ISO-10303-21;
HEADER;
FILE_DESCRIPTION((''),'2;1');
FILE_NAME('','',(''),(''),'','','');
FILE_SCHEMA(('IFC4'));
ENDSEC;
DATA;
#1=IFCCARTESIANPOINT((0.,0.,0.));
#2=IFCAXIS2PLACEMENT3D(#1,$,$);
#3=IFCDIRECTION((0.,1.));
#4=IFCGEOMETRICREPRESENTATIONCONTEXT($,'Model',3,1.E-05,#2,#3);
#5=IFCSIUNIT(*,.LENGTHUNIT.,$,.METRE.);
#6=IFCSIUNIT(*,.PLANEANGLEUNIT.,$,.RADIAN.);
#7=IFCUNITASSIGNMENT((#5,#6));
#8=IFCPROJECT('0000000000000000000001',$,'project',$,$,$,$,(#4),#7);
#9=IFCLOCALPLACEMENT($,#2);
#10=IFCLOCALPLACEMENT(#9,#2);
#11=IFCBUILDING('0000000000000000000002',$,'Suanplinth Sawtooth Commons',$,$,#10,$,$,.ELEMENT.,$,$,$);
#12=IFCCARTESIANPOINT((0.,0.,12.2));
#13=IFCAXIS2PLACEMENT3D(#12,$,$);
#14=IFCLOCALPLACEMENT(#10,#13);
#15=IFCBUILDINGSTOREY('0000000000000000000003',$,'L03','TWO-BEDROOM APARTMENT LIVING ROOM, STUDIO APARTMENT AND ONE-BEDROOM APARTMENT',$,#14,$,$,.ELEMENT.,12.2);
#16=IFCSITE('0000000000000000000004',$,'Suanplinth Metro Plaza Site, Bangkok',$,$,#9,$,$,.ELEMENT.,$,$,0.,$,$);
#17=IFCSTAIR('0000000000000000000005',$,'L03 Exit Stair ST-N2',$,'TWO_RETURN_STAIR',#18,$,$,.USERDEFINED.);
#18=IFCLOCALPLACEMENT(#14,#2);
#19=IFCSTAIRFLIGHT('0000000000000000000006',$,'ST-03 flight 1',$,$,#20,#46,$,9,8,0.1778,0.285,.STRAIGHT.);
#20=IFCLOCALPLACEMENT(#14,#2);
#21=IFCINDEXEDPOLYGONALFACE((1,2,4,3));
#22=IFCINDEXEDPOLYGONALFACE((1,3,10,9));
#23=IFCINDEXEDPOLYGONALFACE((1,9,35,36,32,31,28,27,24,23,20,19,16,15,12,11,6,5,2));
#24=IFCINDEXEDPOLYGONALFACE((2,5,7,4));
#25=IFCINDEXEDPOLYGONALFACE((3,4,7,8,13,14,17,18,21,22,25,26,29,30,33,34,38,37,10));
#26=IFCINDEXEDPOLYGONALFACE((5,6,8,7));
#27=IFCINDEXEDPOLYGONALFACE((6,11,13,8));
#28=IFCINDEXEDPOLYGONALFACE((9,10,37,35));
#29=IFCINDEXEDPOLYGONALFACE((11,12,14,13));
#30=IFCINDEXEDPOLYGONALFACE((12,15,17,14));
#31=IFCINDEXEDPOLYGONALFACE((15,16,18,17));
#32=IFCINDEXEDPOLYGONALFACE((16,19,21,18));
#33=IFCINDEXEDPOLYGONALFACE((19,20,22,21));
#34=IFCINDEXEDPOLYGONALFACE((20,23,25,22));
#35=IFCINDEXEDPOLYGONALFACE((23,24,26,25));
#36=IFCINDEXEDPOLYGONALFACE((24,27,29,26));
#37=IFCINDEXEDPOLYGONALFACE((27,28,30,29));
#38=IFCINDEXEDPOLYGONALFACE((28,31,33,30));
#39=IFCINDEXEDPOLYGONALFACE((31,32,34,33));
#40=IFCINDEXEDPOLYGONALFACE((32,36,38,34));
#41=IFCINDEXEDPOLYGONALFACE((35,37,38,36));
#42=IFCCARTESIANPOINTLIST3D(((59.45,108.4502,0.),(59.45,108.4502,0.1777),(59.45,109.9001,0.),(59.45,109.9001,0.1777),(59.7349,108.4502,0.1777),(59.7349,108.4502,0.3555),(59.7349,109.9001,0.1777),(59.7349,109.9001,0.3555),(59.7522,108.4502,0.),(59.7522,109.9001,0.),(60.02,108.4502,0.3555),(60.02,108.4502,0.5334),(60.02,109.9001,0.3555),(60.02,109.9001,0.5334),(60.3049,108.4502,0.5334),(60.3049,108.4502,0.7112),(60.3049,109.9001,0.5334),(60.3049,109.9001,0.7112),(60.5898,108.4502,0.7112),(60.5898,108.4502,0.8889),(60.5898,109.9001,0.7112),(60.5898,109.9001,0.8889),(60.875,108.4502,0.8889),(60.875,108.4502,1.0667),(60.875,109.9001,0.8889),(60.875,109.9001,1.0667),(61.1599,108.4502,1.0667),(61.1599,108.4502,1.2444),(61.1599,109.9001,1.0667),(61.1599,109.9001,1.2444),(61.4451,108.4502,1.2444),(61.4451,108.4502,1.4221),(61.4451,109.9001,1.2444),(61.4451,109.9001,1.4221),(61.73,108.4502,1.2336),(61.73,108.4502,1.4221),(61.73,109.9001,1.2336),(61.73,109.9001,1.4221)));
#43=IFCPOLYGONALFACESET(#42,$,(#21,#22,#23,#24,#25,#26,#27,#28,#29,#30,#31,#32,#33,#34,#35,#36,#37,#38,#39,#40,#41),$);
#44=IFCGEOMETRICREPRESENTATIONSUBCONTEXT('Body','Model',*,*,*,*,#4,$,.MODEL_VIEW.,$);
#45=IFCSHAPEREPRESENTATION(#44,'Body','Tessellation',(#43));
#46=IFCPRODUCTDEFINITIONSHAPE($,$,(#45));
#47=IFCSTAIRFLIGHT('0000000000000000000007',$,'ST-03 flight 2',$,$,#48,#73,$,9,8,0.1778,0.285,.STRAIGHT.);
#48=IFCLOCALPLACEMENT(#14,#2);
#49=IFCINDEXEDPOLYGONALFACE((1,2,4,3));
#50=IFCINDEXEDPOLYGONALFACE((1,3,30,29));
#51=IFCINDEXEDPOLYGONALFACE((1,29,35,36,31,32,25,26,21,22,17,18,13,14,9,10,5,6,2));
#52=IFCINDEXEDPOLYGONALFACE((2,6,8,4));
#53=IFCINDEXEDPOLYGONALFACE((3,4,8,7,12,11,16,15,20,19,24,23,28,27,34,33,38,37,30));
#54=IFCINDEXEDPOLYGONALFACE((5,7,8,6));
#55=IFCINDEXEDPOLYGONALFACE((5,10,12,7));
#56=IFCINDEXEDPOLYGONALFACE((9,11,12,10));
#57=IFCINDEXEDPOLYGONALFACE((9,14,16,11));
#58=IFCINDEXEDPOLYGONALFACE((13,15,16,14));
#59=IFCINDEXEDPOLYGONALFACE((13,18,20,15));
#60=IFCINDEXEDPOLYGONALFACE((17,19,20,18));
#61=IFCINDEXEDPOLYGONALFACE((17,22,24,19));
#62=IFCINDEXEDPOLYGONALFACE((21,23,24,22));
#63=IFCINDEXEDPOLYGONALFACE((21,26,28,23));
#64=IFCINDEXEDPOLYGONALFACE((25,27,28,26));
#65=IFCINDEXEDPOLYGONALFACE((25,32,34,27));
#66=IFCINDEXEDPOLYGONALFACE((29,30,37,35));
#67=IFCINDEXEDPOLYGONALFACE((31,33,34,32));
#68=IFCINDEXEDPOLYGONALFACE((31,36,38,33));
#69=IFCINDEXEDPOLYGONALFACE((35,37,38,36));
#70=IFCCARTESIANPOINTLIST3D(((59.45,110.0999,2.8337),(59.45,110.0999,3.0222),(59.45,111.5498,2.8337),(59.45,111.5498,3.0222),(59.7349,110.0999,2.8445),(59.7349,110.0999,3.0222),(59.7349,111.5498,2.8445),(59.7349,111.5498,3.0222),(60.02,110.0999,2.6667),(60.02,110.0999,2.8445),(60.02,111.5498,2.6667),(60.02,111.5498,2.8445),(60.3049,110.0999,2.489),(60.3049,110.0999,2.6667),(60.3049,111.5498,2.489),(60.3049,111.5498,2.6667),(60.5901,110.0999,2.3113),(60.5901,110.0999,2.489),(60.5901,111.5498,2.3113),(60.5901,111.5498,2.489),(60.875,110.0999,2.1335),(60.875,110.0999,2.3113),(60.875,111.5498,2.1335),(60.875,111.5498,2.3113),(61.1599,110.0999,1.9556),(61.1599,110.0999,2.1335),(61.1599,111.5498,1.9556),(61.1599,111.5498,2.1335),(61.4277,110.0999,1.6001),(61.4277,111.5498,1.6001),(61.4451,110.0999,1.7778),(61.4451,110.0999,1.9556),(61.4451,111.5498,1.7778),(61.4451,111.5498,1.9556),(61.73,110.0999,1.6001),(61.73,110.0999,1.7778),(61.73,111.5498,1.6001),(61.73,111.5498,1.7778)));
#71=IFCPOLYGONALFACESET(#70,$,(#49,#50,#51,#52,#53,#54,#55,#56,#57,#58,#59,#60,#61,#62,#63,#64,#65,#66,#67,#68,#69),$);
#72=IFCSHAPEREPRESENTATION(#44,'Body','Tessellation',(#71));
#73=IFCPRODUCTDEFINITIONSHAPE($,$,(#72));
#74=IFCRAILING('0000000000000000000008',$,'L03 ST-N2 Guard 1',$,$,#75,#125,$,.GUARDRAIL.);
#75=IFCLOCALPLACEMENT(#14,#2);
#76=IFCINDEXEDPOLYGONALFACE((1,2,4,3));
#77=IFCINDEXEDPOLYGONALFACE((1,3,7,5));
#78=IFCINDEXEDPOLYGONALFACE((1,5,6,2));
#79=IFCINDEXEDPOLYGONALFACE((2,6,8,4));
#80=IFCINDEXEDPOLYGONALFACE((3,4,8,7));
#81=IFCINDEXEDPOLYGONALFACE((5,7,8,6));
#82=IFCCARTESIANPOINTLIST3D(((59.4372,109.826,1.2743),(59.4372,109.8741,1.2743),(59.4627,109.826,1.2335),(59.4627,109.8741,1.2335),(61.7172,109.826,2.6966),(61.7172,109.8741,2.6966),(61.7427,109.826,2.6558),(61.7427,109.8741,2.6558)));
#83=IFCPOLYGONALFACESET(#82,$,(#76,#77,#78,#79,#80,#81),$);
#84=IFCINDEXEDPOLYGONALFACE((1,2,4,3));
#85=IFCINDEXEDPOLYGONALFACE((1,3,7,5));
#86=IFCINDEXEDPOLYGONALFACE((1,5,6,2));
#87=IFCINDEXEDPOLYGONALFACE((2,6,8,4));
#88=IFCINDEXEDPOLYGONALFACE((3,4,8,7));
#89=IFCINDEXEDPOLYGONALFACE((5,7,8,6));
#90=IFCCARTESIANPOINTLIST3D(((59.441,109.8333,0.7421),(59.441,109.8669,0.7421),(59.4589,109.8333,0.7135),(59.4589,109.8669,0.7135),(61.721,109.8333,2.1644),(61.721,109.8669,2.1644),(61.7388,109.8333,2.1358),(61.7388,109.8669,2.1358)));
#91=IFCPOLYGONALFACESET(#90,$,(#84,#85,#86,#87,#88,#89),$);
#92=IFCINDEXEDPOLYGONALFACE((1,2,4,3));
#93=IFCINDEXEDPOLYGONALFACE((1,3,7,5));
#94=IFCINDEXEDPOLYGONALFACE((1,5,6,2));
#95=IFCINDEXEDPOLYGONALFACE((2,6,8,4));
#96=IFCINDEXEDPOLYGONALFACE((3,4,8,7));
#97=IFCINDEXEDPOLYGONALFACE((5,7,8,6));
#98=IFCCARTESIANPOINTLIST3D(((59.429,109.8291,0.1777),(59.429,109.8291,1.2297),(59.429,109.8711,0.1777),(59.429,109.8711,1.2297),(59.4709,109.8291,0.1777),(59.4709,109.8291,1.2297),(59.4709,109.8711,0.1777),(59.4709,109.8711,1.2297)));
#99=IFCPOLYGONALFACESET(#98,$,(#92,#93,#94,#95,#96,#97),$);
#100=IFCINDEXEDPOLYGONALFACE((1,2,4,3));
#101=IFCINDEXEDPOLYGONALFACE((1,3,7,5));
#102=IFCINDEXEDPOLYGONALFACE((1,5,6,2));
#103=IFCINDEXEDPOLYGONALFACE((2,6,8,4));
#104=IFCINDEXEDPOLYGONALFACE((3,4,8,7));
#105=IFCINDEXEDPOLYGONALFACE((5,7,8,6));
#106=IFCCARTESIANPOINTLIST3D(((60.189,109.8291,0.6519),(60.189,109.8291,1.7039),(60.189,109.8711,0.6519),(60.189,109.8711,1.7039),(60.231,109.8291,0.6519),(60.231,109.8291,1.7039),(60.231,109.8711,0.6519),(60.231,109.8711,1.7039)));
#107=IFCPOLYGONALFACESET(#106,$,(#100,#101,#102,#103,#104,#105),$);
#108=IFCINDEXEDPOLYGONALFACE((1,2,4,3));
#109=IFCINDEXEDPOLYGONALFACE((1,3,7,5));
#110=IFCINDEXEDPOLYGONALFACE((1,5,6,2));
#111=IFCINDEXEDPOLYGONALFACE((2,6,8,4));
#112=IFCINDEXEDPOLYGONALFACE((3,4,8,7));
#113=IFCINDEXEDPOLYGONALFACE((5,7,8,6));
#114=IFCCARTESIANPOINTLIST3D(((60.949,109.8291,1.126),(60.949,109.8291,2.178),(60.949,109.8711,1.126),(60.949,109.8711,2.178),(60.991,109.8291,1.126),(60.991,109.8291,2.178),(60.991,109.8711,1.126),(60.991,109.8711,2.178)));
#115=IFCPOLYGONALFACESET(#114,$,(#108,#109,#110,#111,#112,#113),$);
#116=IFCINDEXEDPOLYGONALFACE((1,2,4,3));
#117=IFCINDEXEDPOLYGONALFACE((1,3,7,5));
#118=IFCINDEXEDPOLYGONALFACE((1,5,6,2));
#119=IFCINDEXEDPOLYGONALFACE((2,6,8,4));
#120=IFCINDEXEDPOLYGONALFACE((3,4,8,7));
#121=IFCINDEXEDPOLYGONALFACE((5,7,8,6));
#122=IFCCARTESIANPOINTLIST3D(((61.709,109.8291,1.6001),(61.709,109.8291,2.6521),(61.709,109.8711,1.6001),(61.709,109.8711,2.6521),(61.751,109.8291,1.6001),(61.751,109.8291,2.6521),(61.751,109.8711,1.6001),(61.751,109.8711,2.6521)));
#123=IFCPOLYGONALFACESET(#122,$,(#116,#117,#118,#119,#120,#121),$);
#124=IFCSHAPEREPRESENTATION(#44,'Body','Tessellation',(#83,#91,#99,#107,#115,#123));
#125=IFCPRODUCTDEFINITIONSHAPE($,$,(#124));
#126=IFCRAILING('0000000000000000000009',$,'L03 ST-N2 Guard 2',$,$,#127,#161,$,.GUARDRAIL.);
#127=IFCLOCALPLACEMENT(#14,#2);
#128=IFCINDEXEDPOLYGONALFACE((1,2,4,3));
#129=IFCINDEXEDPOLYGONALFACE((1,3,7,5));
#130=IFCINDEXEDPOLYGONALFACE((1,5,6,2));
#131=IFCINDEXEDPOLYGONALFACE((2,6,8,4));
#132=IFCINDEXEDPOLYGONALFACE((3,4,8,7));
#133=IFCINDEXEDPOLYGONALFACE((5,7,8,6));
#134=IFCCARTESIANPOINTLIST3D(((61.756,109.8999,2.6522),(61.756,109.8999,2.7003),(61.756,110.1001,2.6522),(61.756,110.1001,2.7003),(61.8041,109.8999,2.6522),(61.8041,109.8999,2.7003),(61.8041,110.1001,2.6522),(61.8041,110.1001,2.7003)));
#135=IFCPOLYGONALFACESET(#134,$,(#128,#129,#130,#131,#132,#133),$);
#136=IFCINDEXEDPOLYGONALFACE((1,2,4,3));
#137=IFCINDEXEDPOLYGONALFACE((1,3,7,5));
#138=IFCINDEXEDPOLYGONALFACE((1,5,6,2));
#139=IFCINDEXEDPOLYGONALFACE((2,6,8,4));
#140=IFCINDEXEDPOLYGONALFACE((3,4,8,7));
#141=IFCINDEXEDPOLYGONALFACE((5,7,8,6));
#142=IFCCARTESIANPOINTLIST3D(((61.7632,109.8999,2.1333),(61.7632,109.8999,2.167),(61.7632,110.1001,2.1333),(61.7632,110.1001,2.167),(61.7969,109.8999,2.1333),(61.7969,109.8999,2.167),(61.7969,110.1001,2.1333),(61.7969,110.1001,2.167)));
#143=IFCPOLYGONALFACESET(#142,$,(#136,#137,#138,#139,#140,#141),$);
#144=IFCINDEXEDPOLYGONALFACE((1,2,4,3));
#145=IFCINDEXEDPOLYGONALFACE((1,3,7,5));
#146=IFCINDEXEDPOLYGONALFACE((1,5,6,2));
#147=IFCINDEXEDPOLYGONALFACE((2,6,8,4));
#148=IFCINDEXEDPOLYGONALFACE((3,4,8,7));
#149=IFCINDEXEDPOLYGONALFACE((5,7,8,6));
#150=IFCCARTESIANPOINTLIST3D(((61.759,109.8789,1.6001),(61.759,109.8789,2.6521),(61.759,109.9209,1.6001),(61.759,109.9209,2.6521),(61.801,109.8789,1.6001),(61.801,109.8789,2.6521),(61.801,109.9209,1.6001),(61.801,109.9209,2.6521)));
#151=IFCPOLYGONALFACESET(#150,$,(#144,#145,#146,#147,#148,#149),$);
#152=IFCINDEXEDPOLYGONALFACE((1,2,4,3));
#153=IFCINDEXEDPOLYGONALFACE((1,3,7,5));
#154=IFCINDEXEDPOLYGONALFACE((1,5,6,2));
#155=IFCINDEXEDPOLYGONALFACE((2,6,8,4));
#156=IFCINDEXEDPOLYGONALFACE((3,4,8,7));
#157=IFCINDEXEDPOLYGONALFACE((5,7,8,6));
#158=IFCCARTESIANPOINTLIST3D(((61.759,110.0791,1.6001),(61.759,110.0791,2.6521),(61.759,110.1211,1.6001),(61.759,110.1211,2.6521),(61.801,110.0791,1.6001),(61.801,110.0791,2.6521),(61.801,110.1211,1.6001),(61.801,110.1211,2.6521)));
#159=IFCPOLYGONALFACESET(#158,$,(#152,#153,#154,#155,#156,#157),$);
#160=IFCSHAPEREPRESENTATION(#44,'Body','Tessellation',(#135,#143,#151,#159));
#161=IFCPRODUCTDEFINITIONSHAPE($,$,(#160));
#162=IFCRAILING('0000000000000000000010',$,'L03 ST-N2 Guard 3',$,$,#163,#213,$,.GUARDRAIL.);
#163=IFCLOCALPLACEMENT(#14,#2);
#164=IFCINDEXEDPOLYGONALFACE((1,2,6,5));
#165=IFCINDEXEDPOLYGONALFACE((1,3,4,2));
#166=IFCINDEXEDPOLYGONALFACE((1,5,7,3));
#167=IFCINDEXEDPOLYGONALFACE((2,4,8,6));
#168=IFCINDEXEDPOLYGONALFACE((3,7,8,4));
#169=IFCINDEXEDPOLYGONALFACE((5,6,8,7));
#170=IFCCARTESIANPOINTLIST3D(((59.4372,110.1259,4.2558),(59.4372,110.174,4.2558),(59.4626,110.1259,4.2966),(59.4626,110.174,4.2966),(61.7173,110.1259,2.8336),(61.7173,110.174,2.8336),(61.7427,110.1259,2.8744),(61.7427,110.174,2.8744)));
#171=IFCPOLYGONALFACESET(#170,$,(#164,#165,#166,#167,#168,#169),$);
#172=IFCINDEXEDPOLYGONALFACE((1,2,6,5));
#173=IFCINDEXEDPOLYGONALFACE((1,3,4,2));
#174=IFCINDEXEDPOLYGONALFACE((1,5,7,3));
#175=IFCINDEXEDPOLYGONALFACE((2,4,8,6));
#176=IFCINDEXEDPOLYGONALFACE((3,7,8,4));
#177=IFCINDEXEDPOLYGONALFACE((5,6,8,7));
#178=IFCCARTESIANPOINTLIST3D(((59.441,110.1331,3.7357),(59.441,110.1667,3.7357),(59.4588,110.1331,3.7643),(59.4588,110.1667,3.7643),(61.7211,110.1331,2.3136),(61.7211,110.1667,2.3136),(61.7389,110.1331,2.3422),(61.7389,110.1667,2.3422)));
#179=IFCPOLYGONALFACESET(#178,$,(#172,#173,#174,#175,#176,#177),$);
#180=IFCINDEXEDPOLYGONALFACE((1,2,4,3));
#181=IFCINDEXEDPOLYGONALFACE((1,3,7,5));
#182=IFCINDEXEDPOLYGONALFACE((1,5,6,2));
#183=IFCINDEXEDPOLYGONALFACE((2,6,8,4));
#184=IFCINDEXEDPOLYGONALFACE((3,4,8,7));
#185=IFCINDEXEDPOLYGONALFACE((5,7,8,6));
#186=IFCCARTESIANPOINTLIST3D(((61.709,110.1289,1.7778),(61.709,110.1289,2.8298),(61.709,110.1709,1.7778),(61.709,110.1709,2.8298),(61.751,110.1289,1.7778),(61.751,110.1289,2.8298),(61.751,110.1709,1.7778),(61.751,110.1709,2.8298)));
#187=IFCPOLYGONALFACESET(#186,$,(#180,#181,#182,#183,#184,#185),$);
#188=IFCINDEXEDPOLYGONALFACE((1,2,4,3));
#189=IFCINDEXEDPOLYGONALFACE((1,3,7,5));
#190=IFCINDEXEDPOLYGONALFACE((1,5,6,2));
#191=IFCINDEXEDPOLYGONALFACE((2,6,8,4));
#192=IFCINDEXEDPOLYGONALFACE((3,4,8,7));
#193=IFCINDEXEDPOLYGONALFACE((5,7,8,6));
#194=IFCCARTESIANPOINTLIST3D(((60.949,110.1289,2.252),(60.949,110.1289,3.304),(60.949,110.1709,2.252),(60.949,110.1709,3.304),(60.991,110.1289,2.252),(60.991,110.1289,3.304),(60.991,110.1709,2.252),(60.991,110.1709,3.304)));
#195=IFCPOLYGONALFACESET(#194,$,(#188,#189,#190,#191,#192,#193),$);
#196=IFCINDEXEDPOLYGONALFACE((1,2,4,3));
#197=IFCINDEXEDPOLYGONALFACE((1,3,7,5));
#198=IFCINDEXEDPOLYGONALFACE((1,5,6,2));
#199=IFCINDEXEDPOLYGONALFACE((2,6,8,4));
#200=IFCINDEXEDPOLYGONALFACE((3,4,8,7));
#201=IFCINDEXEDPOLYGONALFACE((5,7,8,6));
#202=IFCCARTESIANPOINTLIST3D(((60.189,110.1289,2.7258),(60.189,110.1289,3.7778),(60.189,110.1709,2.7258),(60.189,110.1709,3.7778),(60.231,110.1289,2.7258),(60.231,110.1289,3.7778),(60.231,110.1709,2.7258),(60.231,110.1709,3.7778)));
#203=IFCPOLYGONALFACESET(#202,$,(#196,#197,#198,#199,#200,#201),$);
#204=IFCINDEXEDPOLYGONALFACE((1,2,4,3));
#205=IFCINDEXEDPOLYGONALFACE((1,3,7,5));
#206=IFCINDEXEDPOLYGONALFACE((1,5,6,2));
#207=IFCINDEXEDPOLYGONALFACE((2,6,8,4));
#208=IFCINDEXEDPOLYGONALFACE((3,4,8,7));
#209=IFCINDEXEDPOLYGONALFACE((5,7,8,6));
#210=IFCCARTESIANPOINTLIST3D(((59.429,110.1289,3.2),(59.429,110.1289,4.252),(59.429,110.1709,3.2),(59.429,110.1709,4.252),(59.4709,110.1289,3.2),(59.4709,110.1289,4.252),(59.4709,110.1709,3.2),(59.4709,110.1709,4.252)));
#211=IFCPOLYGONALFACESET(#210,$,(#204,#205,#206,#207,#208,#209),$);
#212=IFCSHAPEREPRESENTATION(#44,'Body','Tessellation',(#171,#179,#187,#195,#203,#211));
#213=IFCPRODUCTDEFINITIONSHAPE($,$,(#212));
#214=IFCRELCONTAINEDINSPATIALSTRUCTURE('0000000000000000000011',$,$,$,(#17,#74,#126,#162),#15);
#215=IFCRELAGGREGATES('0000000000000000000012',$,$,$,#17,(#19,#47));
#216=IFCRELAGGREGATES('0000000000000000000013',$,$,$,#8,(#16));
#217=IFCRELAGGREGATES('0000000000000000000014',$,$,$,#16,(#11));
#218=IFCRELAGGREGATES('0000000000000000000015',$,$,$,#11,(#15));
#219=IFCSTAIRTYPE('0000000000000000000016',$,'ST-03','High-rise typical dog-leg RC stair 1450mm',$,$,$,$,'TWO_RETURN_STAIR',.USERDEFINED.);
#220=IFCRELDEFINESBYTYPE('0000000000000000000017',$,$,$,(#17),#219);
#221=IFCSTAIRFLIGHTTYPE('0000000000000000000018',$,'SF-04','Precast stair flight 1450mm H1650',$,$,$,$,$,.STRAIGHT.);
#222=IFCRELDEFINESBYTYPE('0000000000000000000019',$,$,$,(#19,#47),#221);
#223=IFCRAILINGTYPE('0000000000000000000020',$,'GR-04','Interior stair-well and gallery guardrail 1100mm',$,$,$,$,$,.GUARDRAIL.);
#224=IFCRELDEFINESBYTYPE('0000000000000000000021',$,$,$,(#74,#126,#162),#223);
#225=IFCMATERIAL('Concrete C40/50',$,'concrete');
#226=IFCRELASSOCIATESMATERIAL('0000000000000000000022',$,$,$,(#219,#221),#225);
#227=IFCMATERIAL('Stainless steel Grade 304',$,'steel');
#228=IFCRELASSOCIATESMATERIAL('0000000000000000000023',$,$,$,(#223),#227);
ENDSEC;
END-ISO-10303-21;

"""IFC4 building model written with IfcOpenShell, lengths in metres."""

from ifc_helpers import new_model, si_unit, direction, frame, origin, origin_2d, place, context, subcontext, project, spatial, polyline, rectangle, outline, extrude, material, type_object, element, aggregate, save


model = new_model("IFC4")

# Units and contexts
model_context = context("Model", 3, precision=1e-05, world=origin(), true_north=direction((0.0, 1.0)))
body_context = subcontext(model_context, "Body", "Model", "MODEL_VIEW")
ifc_project = project(units=[si_unit("LENGTHUNIT", "METRE"), si_unit("PLANEANGLEUNIT", "RADIAN")], contexts=[model_context])

# Site, building, storey
site_placement = place(None, origin())
site = spatial("IfcSite", under=ifc_project, at=site_placement, Name="Suanplinth Metro Plaza Site, Bangkok", CompositionType="ELEMENT", RefElevation=0.0)
building_placement = place(site_placement, origin())
building = spatial("IfcBuilding", under=site, at=building_placement, Name="Suanplinth Sawtooth Commons", CompositionType="ELEMENT")
storey_placement = place(building_placement, frame((0.0, 0.0, 12.2)))
storey = spatial("IfcBuildingStorey", under=building, at=storey_placement, Name="L03", Description="TWO-BEDROOM APARTMENT LIVING ROOM, STUDIO APARTMENT AND ONE-BEDROOM APARTMENT", CompositionType="ELEMENT", Elevation=12.2)

# Shared definitions
ifc_material_1 = material(Name="Concrete C40/50", Category="concrete")

# Shared definitions
ifc_material_2 = material(Name="Stainless steel Grade 304", Category="steel")

# Stair, stair flights
stair_type = type_object("IfcStairType", Name="ST-03", Description="High-rise typical dog-leg RC stair 1450mm", ElementType="TWO_RETURN_STAIR", PredefinedType="USERDEFINED", material=ifc_material_1)
stair_placement = place(storey_placement, origin())
stair = element("IfcStair", 1, at=stair_placement, inside=storey, type_object=stair_type, Name="L03 Exit Stair ST-N2", ObjectType="TWO_RETURN_STAIR", PredefinedType="USERDEFINED")
stair_flight_type = type_object("IfcStairFlightType", Name="SF-04", Description="Precast stair flight 1450mm H1650", PredefinedType="STRAIGHT", material=ifc_material_1)
stair_flight_1_placement = place(storey_placement, frame((59.45, 109.175, 0.0), z_axis=(0.0, 0.0, 1.0), x_axis=(1.0, 0.0, 0.0)))
stair_flight_1 = element("IfcStairFlight", 2, at=stair_flight_1_placement, type_object=stair_flight_type, Name="ST-03 flight 1", NumberOfRisers=9, NumberOfTreads=8, PredefinedType="STRAIGHT", RiserHeight=0.1778, TreadLength=0.285, context=body_context, shape_type="SweptSolid", body=[
    extrude(outline(polyline([(0.0, 0.0), (0.0, 0.1777), (0.2849, 0.1777), (0.2849, 0.3555), (0.5701, 0.3555), (0.5701, 0.5334), (0.855, 0.5334), (0.855, 0.7112), (1.1399, 0.7112), (1.1399, 0.8889), (1.425, 0.8889), (1.425, 1.0667), (1.71, 1.0667), (1.71, 1.2444), (1.9951, 1.2444), (1.9951, 1.4221), (2.28, 1.4221), (2.28, 1.6001), (2.28, 1.2336), (0.3022, 0.0), (0.0, 0.0)])), frame((0.0, 0.7251, 0.0), z_axis=(0.0, -1.0, 0.0), x_axis=(1.0, 0.0, 0.0)), (0.0, 0.0, 1.0), 1.45),
])
stair_flight_2_placement = place(storey_placement, frame((61.73, 110.825, 1.6001), z_axis=(0.0, 0.0, 1.0), x_axis=(-1.0, 0.0, 0.0)))
stair_flight_2 = element("IfcStairFlight", 3, at=stair_flight_2_placement, type_object=stair_flight_type, Name="ST-03 flight 2", NumberOfRisers=9, NumberOfTreads=8, PredefinedType="STRAIGHT", RiserHeight=0.1778, TreadLength=0.285, context=body_context, shape_type="SweptSolid", body=[
    extrude(outline(polyline([(0.0, 0.0), (0.0, 0.1777), (0.2849, 0.1777), (0.2849, 0.3555), (0.5701, 0.3555), (0.5701, 0.5334), (0.855, 0.5334), (0.855, 0.7112), (1.1399, 0.7112), (1.1399, 0.8889), (1.425, 0.8889), (1.425, 1.0667), (1.71, 1.0667), (1.71, 1.2444), (1.9951, 1.2444), (1.9951, 1.4221), (2.28, 1.4221), (2.28, 1.6001), (2.28, 1.2336), (0.3022, 0.0), (0.0, 0.0)])), frame((0.0, 0.7251, 0.0), z_axis=(0.0, -1.0, 0.0), x_axis=(1.0, 0.0, 0.0)), (0.0, 0.0, 1.0), 1.45),
])
aggregate(stair, [stair_flight_1, stair_flight_2])

# Railings
railing_type_1 = type_object("IfcRailingType", Name="GR-04", Description="Interior stair-well and gallery guardrail 1100mm", PredefinedType="GUARDRAIL", material=ifc_material_2)
railing_1_placement = place(storey_placement, frame((59.45, 109.8501, 0.1777)))
element("IfcRailing", 4, at=railing_1_placement, inside=storey, type_object=railing_type_1, Name="L03 ST-N2 Guard 1", PredefinedType="GUARDRAIL", context=body_context, shape_type="SweptSolid", body=[
    extrude(rectangle(XDim=0.0481, YDim=0.0481, at=origin_2d()), frame((0.0, 0.0, 1.0762), z_axis=(0.848442, 0.0, 0.529288), x_axis=(0.0, 1.0, 0.0)), (0.0, 0.0, 1.0), 2.6873),
    extrude(rectangle(XDim=0.0337, YDim=0.0337, at=origin_2d()), frame((0.0, 0.0, 0.55), z_axis=(0.848442, 0.0, 0.529288), x_axis=(0.0, 1.0, 0.0)), (0.0, 0.0, 1.0), 2.6873),
    extrude(rectangle(XDim=0.042, YDim=0.042, at=origin_2d()), origin(), (0.0, 0.0, 1.0), 1.052),
    extrude(rectangle(XDim=0.042, YDim=0.042, at=origin_2d()), frame((0.76, 0.0, 0.4741)), (0.0, 0.0, 1.0), 1.052),
    extrude(rectangle(XDim=0.042, YDim=0.042, at=origin_2d()), frame((1.52, 0.0, 0.9482)), (0.0, 0.0, 1.0), 1.052),
    extrude(rectangle(XDim=0.042, YDim=0.042, at=origin_2d()), frame((2.28, 0.0, 1.4224)), (0.0, 0.0, 1.0), 1.052),
])
railing_2_placement = place(storey_placement, frame((61.78, 109.8999, 1.6001)))
element("IfcRailing", 5, at=railing_2_placement, inside=storey, type_object=railing_type_1, Name="L03 ST-N2 Guard 2", PredefinedType="GUARDRAIL", context=body_context, shape_type="SweptSolid", body=[
    extrude(rectangle(XDim=0.0481, YDim=0.0481, at=origin_2d()), frame((0.0, 0.0, 1.0762), z_axis=(0.0, 1.0, 0.0), x_axis=(-1.0, 0.0, 0.0)), (0.0, 0.0, 1.0), 0.2002),
    extrude(rectangle(XDim=0.0337, YDim=0.0337, at=origin_2d()), frame((0.0, 0.0, 0.55), z_axis=(0.0, 1.0, 0.0), x_axis=(-1.0, 0.0, 0.0)), (0.0, 0.0, 1.0), 0.2002),
    extrude(rectangle(XDim=0.042, YDim=0.042, at=origin_2d()), origin(), (0.0, 0.0, 1.0), 1.052),
    extrude(rectangle(XDim=0.042, YDim=0.042, at=origin_2d()), frame((0.0, 0.2002, 0.0)), (0.0, 0.0, 1.0), 1.052),
])
railing_3_placement = place(storey_placement, frame((61.73, 110.1499, 1.7778)))
element("IfcRailing", 6, at=railing_3_placement, inside=storey, type_object=railing_type_1, Name="L03 ST-N2 Guard 3", PredefinedType="GUARDRAIL", context=body_context, shape_type="SweptSolid", body=[
    extrude(rectangle(XDim=0.0481, YDim=0.0481, at=origin_2d()), frame((0.0, 0.0, 1.0762), z_axis=(-0.848483, 0.0, 0.529223), x_axis=(0.0, -1.0, 0.0)), (0.0, 0.0, 1.0), 2.6873),
    extrude(rectangle(XDim=0.0337, YDim=0.0337, at=origin_2d()), frame((0.0, 0.0, 0.55), z_axis=(-0.848483, 0.0, 0.529223), x_axis=(0.0, -1.0, 0.0)), (0.0, 0.0, 1.0), 2.6873),
    extrude(rectangle(XDim=0.042, YDim=0.042, at=origin_2d()), origin(), (0.0, 0.0, 1.0), 1.052),
    extrude(rectangle(XDim=0.042, YDim=0.042, at=origin_2d()), frame((-0.76, 0.0, 0.4741)), (0.0, 0.0, 1.0), 1.052),
    extrude(rectangle(XDim=0.042, YDim=0.042, at=origin_2d()), frame((-1.52, 0.0, 0.948)), (0.0, 0.0, 1.0), 1.052),
    extrude(rectangle(XDim=0.042, YDim=0.042, at=origin_2d()), frame((-2.28, 0.0, 1.4221)), (0.0, 0.0, 1.0), 1.052),
])

save(model, "model.ifc")
